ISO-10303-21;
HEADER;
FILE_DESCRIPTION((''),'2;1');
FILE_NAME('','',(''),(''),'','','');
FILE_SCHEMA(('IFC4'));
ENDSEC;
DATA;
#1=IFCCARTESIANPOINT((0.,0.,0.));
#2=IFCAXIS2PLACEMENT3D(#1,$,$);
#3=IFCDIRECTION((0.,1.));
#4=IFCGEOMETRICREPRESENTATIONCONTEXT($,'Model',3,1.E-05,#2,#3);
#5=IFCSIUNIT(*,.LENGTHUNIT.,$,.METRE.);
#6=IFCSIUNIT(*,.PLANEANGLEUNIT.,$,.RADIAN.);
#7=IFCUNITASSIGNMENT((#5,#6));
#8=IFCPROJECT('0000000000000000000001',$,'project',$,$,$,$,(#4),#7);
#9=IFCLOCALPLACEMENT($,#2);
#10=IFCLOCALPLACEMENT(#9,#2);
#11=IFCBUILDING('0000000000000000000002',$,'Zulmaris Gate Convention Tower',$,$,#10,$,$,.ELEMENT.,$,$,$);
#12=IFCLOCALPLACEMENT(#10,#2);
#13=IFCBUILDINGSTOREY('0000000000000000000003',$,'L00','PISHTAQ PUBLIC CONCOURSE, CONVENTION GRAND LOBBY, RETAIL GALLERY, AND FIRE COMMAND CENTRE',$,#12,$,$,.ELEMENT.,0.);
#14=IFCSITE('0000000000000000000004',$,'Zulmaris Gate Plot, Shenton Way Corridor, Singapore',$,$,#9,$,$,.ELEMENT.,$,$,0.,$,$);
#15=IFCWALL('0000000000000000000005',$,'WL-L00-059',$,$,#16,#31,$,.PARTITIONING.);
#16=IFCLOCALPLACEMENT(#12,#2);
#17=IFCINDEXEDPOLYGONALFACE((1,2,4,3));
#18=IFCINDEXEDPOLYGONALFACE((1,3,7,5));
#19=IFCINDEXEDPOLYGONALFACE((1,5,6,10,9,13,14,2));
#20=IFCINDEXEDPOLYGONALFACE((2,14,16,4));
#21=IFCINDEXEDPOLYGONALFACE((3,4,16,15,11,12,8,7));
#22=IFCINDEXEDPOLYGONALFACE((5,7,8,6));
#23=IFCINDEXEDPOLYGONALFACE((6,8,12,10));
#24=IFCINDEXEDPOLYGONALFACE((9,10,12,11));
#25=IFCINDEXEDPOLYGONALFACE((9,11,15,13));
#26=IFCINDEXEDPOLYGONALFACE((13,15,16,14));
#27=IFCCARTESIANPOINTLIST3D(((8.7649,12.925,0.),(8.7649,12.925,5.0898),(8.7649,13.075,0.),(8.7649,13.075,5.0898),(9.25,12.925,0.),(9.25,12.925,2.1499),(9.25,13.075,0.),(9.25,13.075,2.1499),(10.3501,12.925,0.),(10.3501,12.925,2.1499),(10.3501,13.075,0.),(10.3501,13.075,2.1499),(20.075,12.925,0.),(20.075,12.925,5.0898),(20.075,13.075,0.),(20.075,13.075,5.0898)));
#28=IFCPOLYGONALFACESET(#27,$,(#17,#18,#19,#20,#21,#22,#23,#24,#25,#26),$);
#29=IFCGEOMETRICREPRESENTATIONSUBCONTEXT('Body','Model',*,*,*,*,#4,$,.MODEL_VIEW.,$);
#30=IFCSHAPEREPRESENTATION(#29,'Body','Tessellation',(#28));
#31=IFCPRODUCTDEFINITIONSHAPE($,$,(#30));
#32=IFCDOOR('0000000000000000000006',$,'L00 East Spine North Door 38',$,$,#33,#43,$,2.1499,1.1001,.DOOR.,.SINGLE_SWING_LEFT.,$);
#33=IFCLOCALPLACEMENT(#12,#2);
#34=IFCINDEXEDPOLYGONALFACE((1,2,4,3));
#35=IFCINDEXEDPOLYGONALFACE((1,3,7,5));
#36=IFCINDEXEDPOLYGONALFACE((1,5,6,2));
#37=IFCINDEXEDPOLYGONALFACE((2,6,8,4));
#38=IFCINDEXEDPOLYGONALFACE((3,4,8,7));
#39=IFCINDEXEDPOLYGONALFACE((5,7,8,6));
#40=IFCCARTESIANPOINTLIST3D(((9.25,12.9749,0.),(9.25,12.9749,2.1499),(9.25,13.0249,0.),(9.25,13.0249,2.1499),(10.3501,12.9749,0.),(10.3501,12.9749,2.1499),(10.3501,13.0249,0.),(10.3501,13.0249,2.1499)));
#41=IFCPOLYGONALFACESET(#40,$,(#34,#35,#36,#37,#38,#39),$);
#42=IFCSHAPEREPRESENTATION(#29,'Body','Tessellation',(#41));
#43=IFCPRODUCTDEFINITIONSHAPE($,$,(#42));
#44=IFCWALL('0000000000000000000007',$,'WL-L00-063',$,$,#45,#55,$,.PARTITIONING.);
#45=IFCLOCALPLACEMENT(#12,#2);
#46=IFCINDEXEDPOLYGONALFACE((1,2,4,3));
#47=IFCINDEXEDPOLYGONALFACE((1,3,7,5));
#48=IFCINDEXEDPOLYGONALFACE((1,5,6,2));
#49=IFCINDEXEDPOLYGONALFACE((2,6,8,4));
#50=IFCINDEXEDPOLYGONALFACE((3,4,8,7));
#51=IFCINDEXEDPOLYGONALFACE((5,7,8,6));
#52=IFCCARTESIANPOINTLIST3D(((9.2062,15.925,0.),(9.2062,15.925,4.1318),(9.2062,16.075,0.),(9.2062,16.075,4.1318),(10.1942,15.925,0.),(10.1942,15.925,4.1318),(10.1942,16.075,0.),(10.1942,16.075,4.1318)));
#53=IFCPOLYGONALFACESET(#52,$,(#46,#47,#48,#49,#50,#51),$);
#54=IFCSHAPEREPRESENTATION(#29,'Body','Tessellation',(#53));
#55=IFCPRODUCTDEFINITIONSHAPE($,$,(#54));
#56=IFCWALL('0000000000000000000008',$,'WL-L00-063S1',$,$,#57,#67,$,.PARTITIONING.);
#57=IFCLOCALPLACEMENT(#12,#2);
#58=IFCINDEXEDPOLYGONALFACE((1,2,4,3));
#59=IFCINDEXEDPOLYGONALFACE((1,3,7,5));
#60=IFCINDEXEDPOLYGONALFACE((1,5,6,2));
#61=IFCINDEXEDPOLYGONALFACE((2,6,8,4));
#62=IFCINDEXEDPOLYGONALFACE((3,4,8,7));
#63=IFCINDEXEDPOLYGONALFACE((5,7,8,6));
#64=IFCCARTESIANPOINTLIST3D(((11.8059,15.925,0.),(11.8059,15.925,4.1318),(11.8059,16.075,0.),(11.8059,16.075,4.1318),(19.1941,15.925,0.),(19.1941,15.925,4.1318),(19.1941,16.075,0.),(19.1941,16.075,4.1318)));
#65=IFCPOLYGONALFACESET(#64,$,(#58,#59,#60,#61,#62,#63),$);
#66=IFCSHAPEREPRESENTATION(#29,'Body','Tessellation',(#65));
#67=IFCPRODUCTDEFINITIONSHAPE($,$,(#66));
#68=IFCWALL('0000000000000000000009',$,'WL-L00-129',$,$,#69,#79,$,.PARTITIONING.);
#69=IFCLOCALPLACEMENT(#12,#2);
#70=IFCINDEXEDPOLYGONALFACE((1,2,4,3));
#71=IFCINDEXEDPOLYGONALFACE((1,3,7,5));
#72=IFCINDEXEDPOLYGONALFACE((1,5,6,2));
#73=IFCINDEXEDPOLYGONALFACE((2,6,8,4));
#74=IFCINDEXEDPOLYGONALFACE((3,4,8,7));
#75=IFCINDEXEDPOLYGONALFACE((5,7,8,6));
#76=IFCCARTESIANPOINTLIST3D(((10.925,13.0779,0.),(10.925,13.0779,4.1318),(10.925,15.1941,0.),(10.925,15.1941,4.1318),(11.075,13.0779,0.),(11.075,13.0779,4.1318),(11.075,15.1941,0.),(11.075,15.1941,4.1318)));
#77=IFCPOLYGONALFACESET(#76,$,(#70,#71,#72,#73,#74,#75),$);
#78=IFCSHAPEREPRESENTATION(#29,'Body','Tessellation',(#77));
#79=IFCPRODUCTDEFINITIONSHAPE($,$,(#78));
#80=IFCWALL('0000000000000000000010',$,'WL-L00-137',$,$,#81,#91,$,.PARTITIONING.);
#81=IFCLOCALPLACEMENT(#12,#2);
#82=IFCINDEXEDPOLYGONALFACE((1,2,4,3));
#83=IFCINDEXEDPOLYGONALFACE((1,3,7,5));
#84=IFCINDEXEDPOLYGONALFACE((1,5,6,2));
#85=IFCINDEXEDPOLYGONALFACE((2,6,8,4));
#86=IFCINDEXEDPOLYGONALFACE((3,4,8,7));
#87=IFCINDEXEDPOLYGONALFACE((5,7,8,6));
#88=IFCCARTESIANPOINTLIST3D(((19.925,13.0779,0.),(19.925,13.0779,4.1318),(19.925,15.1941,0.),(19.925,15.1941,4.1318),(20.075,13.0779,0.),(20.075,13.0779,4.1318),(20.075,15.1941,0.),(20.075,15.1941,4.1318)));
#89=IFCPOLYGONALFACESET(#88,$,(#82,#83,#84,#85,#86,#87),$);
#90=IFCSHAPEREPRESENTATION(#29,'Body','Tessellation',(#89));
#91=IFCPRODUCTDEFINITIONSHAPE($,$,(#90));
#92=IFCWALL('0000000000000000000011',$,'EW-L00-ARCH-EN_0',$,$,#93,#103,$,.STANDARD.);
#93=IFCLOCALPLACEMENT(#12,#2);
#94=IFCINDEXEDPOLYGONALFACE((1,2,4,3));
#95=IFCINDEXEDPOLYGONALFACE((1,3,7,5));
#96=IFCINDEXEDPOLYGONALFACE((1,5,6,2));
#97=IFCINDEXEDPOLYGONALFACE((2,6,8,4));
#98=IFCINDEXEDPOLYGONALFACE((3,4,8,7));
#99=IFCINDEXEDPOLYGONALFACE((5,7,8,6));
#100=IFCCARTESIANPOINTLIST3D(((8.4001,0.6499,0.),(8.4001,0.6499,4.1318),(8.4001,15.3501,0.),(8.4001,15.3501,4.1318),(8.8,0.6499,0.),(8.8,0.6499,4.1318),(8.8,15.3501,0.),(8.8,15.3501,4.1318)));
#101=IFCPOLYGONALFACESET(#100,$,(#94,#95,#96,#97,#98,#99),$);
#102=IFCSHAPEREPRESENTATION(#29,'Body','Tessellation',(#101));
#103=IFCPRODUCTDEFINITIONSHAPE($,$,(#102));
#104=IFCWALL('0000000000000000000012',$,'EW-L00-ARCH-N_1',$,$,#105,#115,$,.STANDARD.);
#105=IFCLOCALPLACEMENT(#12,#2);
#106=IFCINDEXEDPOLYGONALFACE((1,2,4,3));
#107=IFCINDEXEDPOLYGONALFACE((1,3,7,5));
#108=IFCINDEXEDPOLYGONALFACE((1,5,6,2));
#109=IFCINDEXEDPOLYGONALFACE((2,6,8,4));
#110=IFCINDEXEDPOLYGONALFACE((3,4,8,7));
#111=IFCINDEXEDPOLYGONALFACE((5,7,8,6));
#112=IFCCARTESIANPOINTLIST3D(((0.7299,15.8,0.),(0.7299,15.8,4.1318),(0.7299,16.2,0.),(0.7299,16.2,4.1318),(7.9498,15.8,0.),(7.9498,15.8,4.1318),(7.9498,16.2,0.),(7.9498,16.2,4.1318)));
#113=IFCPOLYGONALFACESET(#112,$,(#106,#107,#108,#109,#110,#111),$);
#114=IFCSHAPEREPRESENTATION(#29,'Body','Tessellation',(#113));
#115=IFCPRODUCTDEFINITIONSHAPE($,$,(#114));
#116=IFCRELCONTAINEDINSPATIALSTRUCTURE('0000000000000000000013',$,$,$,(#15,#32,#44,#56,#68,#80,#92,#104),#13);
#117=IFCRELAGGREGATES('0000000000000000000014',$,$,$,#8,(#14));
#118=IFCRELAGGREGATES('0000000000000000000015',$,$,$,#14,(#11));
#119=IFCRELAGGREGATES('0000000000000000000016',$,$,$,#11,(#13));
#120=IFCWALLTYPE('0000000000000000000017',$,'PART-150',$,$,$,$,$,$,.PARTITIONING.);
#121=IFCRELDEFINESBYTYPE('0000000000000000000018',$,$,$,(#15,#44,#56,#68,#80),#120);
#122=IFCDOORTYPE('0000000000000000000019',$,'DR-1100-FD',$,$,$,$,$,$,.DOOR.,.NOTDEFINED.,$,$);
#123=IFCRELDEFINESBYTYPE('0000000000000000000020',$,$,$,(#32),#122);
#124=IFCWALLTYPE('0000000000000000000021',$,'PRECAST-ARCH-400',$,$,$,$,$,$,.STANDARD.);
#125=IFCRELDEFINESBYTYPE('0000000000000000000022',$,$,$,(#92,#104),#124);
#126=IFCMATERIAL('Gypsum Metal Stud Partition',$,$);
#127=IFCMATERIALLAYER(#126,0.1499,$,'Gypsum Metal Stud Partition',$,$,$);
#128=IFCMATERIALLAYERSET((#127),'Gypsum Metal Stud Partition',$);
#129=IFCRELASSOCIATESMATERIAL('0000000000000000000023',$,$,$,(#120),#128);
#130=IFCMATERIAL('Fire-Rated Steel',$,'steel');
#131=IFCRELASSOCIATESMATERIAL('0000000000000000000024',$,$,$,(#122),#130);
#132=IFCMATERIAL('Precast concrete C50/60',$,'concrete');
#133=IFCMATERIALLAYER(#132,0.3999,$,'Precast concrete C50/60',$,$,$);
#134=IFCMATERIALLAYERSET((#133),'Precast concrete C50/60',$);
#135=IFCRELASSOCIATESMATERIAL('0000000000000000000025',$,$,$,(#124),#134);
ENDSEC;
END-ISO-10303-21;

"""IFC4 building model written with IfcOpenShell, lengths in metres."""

from ifc_helpers import new_model, si_unit, direction, frame, frame_2d, origin, place, context, subcontext, project, spatial, rectangle, extrude, material, layer, layer_set, type_object, element, fill, save


model = new_model("IFC4")

# Units and contexts
model_context = context("Model", 3, precision=1e-05, world=origin(), true_north=direction((0.0, 1.0)))
body_context = subcontext(model_context, "Body", "Model", "MODEL_VIEW")
ifc_project = project(units=[si_unit("LENGTHUNIT", "METRE"), si_unit("PLANEANGLEUNIT", "RADIAN")], contexts=[model_context])

# Site, building, storey
site_placement = place(None, origin())
site = spatial("IfcSite", under=ifc_project, at=site_placement, Name="Zulmaris Gate Plot, Shenton Way Corridor, Singapore", CompositionType="ELEMENT", RefElevation=0.0)
building_placement = place(site_placement, origin())
building = spatial("IfcBuilding", under=site, at=building_placement, Name="Zulmaris Gate Convention Tower", CompositionType="ELEMENT")
storey_placement = place(building_placement, origin())
storey = spatial("IfcBuildingStorey", under=building, at=storey_placement, Name="L00", Description="PISHTAQ PUBLIC CONCOURSE, CONVENTION GRAND LOBBY, RETAIL GALLERY, AND FIRE COMMAND CENTRE", CompositionType="ELEMENT", Elevation=0.0)

# Wall, opening, door
ifc_material_1 = material(Name="Gypsum Metal Stud Partition")
ifc_layer_1 = layer(ifc_material_1, 0.1499, Name="Gypsum Metal Stud Partition")
ifc_layer_set_1 = layer_set([ifc_layer_1], Name="Gypsum Metal Stud Partition")
wall_type_1 = type_object("IfcWallType", Name="PART-150", PredefinedType="PARTITIONING", material=ifc_layer_set_1)
ifc_material_2 = material(Name="Fire-Rated Steel", Category="steel")
door_type_1 = type_object("IfcDoorType", Name="DR-1100-FD", OperationType="NOTDEFINED", PredefinedType="DOOR", material=ifc_material_2)
wall_1_placement = place(storey_placement, frame((8.7649, 13.0, 0.0), z_axis=(0.0, 0.0, 1.0), x_axis=(1.0, 0.0, 0.0)))
wall_1 = element("IfcWall", 1, at=wall_1_placement, inside=storey, type_object=wall_type_1, Name="WL-L00-059", PredefinedType="PARTITIONING", context=body_context, shape_type="SweptSolid", body=[
    extrude(rectangle(XDim=11.3101, YDim=0.1499, at=frame_2d((5.655, 0.0))), origin(), (0.0, 0.0, 1.0), 5.0898),
])
opening_1_placement = place(wall_1_placement, frame((0.4851, 0.0, 0.0)))
opening_1 = element("IfcOpeningElement", 2, at=opening_1_placement, cuts=wall_1, PredefinedType="OPENING", context=body_context, shape_type="SweptSolid", body=[
    extrude(rectangle(XDim=1.1001, YDim=2.1499, at=frame_2d((0.55, 1.075))), frame((0.0, 0.085, 0.0), z_axis=(0.0, -1.0, 0.0), x_axis=(1.0, 0.0, 0.0)), (0.0, 0.0, 1.0), 0.1699),
])
door_1_placement = place(opening_1_placement, origin())
door_1 = element("IfcDoor", 3, at=door_1_placement, inside=storey, type_object=door_type_1, Name="L00 East Spine North Door 38", OperationType="SINGLE_SWING_LEFT", OverallHeight=2.1499, OverallWidth=1.1001, PredefinedType="DOOR", context=body_context, shape_type="SweptSolid", body=[
    extrude(rectangle(XDim=1.1001, YDim=2.1499, at=frame_2d((0.55, 1.075))), frame((0.0, 0.0249, 0.0), z_axis=(0.0, -1.0, 0.0), x_axis=(1.0, 0.0, 0.0)), (0.0, 0.0, 1.0), 0.05),
])
fill(opening_1, door_1)

# Walls
wall_2_placement = place(storey_placement, frame((9.2061, 16.0, 0.0), z_axis=(0.0, 0.0, 1.0), x_axis=(1.0, 0.0, 0.0)))
element("IfcWall", 4, at=wall_2_placement, inside=storey, type_object=wall_type_1, Name="WL-L00-063", PredefinedType="PARTITIONING", context=body_context, shape_type="SweptSolid", body=[
    extrude(rectangle(XDim=0.988, YDim=0.1499, at=frame_2d((0.4941, 0.0))), origin(), (0.0, 0.0, 1.0), 4.1318),
])
wall_3_placement = place(storey_placement, frame((11.8059, 16.0, 0.0), z_axis=(0.0, 0.0, 1.0), x_axis=(1.0, 0.0, 0.0)))
element("IfcWall", 5, at=wall_3_placement, inside=storey, type_object=wall_type_1, Name="WL-L00-063S1", PredefinedType="PARTITIONING", context=body_context, shape_type="SweptSolid", body=[
    extrude(rectangle(XDim=7.3882, YDim=0.1499, at=frame_2d((3.6941, 0.0))), origin(), (0.0, 0.0, 1.0), 4.1318),
])
wall_4_placement = place(storey_placement, frame((11.0, 13.0779, 0.0), z_axis=(0.0, 0.0, 1.0), x_axis=(0.0, 1.0, 0.0)))
element("IfcWall", 6, at=wall_4_placement, inside=storey, type_object=wall_type_1, Name="WL-L00-129", PredefinedType="PARTITIONING", context=body_context, shape_type="SweptSolid", body=[
    extrude(rectangle(XDim=2.1162, YDim=0.1499, at=frame_2d((1.0581, 0.0))), origin(), (0.0, 0.0, 1.0), 4.1318),
])

# Walls
wall_5_placement = place(storey_placement, frame((20.0, 13.0779, 0.0), z_axis=(0.0, 0.0, 1.0), x_axis=(0.0, 1.0, 0.0)))
element("IfcWall", 7, at=wall_5_placement, inside=storey, type_object=wall_type_1, Name="WL-L00-137", PredefinedType="PARTITIONING", context=body_context, shape_type="SweptSolid", body=[
    extrude(rectangle(XDim=2.1162, YDim=0.1499, at=frame_2d((1.0581, 0.0))), origin(), (0.0, 0.0, 1.0), 4.1318),
])
ifc_material_3 = material(Name="Precast concrete C50/60", Category="concrete")
ifc_layer_2 = layer(ifc_material_3, 0.3999, Name="Precast concrete C50/60")
ifc_layer_set_2 = layer_set([ifc_layer_2], Name="Precast concrete C50/60")
wall_type_2 = type_object("IfcWallType", Name="PRECAST-ARCH-400", PredefinedType="STANDARD", material=ifc_layer_set_2)
wall_6_placement = place(storey_placement, frame((8.6001, 15.3501, 0.0), z_axis=(0.0, 0.0, 1.0), x_axis=(0.0, -1.0, 0.0)))
element("IfcWall", 8, at=wall_6_placement, inside=storey, type_object=wall_type_2, Name="EW-L00-ARCH-EN_0", PredefinedType="STANDARD", context=body_context, shape_type="SweptSolid", body=[
    extrude(rectangle(XDim=14.7002, YDim=0.3999, at=frame_2d((7.3501, 0.0))), origin(), (0.0, 0.0, 1.0), 4.1318),
])
wall_7_placement = place(storey_placement, frame((0.73, 16.0, 0.0), z_axis=(0.0, 0.0, 1.0), x_axis=(1.0, 0.0, 0.0)))
element("IfcWall", 9, at=wall_7_placement, inside=storey, type_object=wall_type_2, Name="EW-L00-ARCH-N_1", PredefinedType="STANDARD", context=body_context, shape_type="SweptSolid", body=[
    extrude(rectangle(XDim=7.22, YDim=0.3999, at=frame_2d((3.6099, 0.0))), origin(), (0.0, 0.0, 1.0), 4.1318),
])

save(model, "model.ifc")
